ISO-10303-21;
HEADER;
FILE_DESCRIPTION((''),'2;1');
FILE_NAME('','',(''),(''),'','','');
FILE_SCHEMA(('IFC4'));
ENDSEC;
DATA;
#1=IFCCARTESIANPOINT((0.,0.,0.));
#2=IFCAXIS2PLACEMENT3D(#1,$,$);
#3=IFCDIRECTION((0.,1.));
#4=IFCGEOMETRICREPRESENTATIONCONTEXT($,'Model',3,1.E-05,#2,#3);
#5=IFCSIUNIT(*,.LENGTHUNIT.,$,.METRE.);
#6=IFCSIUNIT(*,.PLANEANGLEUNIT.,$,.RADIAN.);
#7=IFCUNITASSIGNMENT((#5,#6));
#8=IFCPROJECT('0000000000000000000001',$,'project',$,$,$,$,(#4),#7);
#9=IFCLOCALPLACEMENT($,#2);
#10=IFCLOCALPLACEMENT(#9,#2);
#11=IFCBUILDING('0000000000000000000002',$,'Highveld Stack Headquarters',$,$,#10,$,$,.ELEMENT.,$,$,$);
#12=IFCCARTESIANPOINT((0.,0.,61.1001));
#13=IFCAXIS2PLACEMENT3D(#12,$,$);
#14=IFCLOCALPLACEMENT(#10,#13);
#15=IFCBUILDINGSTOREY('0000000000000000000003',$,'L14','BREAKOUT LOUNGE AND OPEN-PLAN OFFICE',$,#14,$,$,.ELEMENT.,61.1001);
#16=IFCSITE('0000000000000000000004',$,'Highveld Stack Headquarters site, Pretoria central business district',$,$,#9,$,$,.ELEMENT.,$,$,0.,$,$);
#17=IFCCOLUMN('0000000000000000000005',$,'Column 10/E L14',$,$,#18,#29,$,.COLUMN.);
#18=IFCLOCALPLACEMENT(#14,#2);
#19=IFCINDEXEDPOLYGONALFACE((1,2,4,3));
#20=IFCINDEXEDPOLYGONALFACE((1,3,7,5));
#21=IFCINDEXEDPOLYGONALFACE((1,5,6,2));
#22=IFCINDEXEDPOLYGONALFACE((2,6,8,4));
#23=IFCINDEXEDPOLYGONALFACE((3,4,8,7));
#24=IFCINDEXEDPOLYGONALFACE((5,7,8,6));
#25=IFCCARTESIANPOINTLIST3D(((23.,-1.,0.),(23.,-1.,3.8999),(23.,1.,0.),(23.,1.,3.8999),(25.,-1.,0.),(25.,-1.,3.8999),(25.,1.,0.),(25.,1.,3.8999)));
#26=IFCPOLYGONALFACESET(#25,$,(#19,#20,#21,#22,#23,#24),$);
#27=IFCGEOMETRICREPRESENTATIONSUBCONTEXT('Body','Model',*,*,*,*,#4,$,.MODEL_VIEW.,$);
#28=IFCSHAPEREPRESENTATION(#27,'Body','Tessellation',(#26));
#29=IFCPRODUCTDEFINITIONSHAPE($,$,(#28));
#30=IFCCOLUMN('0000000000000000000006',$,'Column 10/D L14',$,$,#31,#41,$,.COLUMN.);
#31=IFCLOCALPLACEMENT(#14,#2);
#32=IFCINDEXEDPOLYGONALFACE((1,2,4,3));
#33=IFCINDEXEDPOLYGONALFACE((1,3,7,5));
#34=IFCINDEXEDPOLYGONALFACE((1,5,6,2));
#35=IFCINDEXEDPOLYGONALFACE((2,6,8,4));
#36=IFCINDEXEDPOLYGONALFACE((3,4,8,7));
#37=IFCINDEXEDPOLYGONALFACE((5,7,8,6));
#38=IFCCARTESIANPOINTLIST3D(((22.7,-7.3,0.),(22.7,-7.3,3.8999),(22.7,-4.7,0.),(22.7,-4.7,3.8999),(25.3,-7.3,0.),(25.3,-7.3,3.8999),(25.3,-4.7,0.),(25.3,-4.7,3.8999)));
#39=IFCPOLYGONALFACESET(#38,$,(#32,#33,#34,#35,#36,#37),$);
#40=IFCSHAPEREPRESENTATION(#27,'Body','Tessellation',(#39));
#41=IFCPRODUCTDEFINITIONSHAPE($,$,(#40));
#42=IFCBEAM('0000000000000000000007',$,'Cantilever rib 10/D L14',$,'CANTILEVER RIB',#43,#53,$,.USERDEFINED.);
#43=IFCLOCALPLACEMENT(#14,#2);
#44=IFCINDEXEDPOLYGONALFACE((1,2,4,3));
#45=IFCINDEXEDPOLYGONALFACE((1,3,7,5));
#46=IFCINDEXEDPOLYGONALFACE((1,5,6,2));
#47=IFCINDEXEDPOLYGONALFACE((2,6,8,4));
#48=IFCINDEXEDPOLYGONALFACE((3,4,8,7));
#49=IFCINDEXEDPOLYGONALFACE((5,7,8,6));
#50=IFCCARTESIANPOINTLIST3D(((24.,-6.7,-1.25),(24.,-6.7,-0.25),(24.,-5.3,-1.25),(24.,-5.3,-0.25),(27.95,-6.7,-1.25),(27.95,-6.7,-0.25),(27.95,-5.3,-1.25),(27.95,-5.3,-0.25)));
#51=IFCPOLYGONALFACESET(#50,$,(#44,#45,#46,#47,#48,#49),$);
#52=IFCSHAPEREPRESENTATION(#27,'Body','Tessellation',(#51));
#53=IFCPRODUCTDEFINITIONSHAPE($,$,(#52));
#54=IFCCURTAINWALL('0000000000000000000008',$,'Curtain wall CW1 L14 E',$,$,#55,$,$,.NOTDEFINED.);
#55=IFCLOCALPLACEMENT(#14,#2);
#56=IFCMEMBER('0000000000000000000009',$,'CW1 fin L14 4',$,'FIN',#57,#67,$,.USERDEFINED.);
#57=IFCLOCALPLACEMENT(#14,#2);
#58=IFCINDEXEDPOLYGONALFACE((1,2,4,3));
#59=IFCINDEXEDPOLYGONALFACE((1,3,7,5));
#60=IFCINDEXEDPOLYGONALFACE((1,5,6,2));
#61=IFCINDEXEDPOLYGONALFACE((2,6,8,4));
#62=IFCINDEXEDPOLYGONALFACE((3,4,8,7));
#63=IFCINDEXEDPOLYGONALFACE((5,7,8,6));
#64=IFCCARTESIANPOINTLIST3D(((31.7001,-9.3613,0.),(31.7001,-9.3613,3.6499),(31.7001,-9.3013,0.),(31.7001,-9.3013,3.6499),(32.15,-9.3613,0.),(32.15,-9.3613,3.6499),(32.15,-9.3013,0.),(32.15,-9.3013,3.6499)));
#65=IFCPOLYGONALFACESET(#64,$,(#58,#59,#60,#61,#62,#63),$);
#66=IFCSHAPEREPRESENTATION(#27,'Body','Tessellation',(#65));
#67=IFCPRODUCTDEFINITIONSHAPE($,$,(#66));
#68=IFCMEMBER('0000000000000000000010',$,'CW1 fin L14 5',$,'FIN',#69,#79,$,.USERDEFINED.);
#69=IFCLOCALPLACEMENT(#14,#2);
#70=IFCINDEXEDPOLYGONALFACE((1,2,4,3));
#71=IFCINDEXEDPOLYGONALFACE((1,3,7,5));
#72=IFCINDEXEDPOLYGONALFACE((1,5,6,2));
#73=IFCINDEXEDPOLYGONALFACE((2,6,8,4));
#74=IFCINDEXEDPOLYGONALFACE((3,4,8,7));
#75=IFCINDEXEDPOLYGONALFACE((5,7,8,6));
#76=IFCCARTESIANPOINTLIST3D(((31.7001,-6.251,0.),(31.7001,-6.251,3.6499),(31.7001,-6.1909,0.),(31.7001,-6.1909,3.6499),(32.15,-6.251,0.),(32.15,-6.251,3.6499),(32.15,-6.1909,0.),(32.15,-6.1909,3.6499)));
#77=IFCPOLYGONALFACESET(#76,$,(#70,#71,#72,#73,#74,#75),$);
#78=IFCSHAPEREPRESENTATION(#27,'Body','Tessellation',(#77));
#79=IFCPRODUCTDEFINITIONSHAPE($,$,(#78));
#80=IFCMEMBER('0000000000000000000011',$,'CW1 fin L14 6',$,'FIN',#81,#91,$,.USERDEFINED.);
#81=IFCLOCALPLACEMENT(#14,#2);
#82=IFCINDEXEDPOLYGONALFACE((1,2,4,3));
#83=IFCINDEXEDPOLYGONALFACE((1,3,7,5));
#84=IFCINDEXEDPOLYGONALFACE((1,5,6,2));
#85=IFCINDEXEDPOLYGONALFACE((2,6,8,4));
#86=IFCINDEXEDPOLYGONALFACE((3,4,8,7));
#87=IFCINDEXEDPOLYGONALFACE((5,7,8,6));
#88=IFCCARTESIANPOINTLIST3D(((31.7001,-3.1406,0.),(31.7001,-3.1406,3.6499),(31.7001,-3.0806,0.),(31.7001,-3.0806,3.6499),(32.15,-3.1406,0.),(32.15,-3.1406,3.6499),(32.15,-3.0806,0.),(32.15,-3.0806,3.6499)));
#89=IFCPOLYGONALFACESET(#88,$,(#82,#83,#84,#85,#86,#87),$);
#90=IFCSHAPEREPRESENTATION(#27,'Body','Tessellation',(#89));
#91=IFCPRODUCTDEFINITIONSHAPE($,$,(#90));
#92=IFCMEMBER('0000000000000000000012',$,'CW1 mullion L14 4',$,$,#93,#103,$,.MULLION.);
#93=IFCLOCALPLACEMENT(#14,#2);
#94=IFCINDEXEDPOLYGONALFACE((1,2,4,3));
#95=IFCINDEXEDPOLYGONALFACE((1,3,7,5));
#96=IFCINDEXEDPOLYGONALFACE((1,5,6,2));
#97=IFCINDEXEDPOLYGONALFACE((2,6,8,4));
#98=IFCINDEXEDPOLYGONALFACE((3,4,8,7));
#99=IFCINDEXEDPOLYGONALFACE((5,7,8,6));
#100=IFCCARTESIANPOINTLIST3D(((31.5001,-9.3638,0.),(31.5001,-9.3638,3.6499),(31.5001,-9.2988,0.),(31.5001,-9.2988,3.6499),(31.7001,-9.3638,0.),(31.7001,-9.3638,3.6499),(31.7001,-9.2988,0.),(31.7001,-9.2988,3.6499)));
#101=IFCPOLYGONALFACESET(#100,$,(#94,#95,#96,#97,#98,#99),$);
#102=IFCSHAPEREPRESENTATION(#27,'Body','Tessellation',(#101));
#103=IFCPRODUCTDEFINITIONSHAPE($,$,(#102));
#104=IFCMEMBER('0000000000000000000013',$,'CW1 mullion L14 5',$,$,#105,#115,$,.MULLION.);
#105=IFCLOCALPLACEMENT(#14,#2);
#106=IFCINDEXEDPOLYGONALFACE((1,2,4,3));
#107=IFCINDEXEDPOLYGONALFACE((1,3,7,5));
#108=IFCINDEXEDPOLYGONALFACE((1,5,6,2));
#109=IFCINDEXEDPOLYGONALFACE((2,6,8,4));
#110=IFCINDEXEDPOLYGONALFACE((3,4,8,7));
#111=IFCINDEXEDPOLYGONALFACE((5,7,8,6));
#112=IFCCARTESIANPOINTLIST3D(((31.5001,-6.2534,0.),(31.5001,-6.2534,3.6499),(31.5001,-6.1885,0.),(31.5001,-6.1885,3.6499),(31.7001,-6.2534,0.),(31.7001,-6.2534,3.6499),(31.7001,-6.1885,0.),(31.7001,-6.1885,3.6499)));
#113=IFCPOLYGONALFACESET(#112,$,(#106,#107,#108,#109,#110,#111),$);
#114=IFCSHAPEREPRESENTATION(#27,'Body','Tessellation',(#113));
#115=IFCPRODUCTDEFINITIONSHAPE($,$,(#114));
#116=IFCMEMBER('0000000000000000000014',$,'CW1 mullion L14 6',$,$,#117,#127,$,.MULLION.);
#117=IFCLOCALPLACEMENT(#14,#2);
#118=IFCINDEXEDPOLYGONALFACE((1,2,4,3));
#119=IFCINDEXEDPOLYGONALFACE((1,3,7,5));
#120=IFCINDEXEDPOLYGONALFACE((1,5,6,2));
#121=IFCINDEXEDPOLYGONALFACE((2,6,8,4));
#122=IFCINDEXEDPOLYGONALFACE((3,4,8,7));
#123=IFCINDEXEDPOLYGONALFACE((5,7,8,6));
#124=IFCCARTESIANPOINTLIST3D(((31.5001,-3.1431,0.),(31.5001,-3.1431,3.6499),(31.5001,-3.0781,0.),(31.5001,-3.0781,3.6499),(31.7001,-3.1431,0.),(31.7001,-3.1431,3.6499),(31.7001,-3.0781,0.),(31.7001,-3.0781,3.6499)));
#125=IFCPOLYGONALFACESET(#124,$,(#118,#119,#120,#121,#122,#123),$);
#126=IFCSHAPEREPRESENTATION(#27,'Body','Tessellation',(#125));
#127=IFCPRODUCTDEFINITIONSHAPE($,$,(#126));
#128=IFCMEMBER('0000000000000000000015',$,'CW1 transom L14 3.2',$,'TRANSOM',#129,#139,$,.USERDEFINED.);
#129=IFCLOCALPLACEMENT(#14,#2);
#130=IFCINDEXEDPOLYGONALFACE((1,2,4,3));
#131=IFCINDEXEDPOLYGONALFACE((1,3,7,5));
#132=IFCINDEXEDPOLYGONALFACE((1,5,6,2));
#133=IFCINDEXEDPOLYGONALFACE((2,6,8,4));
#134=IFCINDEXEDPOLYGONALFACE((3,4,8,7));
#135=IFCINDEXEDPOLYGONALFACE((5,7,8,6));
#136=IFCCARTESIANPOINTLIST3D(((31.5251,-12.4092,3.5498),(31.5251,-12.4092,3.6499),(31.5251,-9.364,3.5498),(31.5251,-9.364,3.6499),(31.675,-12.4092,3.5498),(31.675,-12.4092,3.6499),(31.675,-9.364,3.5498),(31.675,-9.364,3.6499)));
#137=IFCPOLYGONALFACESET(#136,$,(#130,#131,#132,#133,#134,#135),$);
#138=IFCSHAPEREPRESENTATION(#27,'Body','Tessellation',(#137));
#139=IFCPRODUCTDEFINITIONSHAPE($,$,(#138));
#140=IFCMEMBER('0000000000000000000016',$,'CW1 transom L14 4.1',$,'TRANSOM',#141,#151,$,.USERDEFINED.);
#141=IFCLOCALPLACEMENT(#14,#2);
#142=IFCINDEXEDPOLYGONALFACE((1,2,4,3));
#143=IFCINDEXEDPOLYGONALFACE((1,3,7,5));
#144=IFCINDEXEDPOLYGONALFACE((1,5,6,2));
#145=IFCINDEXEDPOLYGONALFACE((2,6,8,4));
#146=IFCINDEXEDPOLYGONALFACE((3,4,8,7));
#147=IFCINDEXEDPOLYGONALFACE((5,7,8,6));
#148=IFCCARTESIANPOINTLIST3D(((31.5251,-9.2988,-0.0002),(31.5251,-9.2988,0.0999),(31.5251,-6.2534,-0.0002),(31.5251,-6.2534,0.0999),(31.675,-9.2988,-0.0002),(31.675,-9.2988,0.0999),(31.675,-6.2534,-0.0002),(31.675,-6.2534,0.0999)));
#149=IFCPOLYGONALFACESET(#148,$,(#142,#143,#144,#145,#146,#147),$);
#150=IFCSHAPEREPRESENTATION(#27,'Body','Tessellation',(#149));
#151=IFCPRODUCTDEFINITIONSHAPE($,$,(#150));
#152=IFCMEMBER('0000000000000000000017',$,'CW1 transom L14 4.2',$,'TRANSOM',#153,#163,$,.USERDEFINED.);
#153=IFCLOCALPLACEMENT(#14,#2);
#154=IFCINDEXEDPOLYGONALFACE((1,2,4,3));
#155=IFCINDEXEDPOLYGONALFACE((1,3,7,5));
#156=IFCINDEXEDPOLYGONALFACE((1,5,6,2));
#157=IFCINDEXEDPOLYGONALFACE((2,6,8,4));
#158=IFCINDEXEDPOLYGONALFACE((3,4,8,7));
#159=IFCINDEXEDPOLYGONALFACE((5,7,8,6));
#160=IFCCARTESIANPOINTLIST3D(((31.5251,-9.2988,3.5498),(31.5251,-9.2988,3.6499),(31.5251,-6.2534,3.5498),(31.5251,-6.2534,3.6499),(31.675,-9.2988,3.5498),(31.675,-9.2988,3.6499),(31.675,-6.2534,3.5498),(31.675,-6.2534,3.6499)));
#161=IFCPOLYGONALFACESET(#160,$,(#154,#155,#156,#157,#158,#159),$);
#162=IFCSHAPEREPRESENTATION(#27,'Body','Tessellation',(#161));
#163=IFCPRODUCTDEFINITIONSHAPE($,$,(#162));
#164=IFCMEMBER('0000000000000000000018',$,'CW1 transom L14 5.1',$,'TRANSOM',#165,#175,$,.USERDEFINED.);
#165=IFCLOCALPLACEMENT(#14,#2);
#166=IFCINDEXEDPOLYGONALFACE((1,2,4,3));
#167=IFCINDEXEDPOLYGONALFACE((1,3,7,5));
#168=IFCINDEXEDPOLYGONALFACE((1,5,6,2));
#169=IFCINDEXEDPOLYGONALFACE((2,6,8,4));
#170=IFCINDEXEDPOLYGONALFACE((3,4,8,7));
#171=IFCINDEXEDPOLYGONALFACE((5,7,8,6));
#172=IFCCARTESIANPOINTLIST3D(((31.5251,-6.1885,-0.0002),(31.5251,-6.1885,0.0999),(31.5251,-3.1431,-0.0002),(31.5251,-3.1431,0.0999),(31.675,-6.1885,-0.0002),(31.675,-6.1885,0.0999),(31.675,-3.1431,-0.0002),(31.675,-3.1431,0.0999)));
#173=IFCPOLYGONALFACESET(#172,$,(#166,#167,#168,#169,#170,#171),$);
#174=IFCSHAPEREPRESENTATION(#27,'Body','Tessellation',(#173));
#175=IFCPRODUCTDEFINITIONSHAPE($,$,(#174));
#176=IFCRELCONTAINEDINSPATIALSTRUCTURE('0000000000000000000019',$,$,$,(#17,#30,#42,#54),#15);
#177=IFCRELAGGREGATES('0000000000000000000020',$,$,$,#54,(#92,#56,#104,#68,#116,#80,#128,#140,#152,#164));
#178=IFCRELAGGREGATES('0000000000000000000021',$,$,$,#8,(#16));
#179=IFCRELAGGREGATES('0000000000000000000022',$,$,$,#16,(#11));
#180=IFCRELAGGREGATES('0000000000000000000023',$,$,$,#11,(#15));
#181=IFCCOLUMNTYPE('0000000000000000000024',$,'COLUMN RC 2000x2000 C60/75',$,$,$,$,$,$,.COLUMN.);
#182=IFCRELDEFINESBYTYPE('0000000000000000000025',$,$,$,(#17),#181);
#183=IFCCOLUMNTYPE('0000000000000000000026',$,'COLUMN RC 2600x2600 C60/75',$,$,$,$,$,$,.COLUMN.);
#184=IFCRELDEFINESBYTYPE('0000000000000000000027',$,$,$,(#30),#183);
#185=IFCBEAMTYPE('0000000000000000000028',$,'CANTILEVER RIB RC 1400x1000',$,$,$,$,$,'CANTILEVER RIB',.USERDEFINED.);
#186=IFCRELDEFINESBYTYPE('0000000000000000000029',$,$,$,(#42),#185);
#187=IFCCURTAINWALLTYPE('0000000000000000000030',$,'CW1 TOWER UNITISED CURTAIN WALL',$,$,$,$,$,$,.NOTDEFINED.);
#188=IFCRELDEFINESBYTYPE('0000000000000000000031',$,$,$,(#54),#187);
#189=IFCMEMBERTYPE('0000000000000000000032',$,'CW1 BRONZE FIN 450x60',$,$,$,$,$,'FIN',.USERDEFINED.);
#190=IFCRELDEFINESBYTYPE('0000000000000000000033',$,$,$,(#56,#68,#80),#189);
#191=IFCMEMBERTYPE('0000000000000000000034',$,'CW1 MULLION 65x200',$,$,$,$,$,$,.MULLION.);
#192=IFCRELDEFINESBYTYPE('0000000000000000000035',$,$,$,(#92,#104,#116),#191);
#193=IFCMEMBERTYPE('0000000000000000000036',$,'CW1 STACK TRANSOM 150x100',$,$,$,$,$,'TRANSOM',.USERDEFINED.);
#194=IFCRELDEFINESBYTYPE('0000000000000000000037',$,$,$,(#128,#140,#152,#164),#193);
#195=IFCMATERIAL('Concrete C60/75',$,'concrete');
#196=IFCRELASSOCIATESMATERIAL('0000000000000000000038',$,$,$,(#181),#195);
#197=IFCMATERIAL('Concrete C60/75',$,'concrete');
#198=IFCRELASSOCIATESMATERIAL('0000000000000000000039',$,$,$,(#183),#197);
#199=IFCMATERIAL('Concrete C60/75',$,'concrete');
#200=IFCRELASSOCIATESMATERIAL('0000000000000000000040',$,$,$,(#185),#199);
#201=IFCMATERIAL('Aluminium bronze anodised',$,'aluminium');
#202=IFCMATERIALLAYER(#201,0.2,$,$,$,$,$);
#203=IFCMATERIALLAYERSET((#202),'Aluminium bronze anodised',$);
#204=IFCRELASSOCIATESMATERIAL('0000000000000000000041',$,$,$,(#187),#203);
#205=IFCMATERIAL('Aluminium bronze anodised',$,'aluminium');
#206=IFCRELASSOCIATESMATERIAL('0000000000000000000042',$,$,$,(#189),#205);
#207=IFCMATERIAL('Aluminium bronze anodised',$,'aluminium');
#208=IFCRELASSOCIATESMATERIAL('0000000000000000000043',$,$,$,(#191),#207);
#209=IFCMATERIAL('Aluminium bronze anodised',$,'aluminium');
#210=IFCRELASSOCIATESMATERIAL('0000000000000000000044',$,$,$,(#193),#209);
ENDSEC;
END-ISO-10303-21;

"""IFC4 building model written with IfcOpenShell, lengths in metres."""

from ifc_helpers import new_model, si_unit, direction, frame, origin, origin_2d, place, context, subcontext, project, spatial, rectangle, extrude, material, layer, layer_set, material_profile, profile_set, type_object, element, aggregate, save


model = new_model("IFC4")

# Units and contexts
model_context = context("Model", 3, precision=1e-05, world=origin(), true_north=direction((0.0, 1.0)))
body_context = subcontext(model_context, "Body", "Model", "MODEL_VIEW")
ifc_project = project(units=[si_unit("LENGTHUNIT", "METRE"), si_unit("PLANEANGLEUNIT", "RADIAN")], contexts=[model_context])

# Site, building, storey
site_placement = place(None, origin())
site = spatial("IfcSite", under=ifc_project, at=site_placement, Name="Highveld Stack Headquarters site, Pretoria central business district", CompositionType="ELEMENT", RefElevation=0.0)
building_placement = place(site_placement, origin())
building = spatial("IfcBuilding", under=site, at=building_placement, Name="Highveld Stack Headquarters", CompositionType="ELEMENT")
storey_placement = place(building_placement, frame((0.0, 0.0, 61.1001)))
storey = spatial("IfcBuildingStorey", under=building, at=storey_placement, Name="L14", Description="BREAKOUT LOUNGE AND OPEN-PLAN OFFICE", CompositionType="ELEMENT", Elevation=61.1001)

# Columns
ifc_material_1 = material(Name="Concrete C60/75", Category="concrete")
ifc_material_profile_1 = material_profile(ifc_material_1, rectangle(XDim=2.0, YDim=2.0, at=origin_2d()), Name="RC 2000x2000")
ifc_profile_set_1 = profile_set([ifc_material_profile_1], Name="Concrete C60/75")
column_type_1 = type_object("IfcColumnType", Name="COLUMN RC 2000x2000 C60/75", PredefinedType="COLUMN", material=ifc_profile_set_1)
column_1_placement = place(storey_placement, frame((24.0, 0.0, 0.0), z_axis=(0.0, 0.0, 1.0), x_axis=(1.0, 0.0, 0.0)))
element("IfcColumn", 1, at=column_1_placement, inside=storey, type_object=column_type_1, Name="Column 10/E L14", PredefinedType="COLUMN", context=body_context, shape_type="SweptSolid", body=[
    extrude(rectangle(XDim=2.0, YDim=2.0, at=origin_2d()), origin(), (0.0, 0.0, 1.0), 3.8999),
])
ifc_material_2 = material(Name="Concrete C60/75", Category="concrete")
ifc_material_profile_2 = material_profile(ifc_material_2, rectangle(XDim=2.6001, YDim=2.6001, at=origin_2d()), Name="RC 2600x2600")
ifc_profile_set_2 = profile_set([ifc_material_profile_2], Name="Concrete C60/75")
column_type_2 = type_object("IfcColumnType", Name="COLUMN RC 2600x2600 C60/75", PredefinedType="COLUMN", material=ifc_profile_set_2)
column_2_placement = place(storey_placement, frame((24.0, -6.0, 0.0), z_axis=(0.0, 0.0, 1.0), x_axis=(1.0, 0.0, 0.0)))
element("IfcColumn", 2, at=column_2_placement, inside=storey, type_object=column_type_2, Name="Column 10/D L14", PredefinedType="COLUMN", context=body_context, shape_type="SweptSolid", body=[
    extrude(rectangle(XDim=2.6001, YDim=2.6001, at=origin_2d()), origin(), (0.0, 0.0, 1.0), 3.8999),
])

# Beam
ifc_material_3 = material(Name="Concrete C60/75", Category="concrete")
ifc_material_profile_3 = material_profile(ifc_material_3, rectangle(XDim=1.3999, YDim=1.0, at=origin_2d()), Name="RC 1400x1000")
ifc_profile_set_3 = profile_set([ifc_material_profile_3], Name="Concrete C60/75")
beam_type_1 = type_object("IfcBeamType", Name="CANTILEVER RIB RC 1400x1000", ElementType="CANTILEVER RIB", PredefinedType="USERDEFINED", material=ifc_profile_set_3)
beam_placement = place(storey_placement, frame((24.0, -6.0, -0.75), z_axis=(1.0, 0.0, 0.0), x_axis=(0.0, 1.0, 0.0)))
element("IfcBeam", 3, at=beam_placement, inside=storey, type_object=beam_type_1, Name="Cantilever rib 10/D L14", ObjectType="CANTILEVER RIB", PredefinedType="USERDEFINED", context=body_context, shape_type="SweptSolid", body=[
    extrude(rectangle(XDim=1.3999, YDim=1.0, at=origin_2d()), origin(), (0.0, 0.0, 1.0), 3.95),
])

# Curtain wall, members
ifc_material_4 = material(Name="Aluminium bronze anodised", Category="aluminium")
ifc_layer_1 = layer(ifc_material_4, 0.2)
ifc_layer_set_1 = layer_set([ifc_layer_1], Name="Aluminium bronze anodised")
curtain_wall_type = type_object("IfcCurtainWallType", Name="CW1 TOWER UNITISED CURTAIN WALL", PredefinedType="NOTDEFINED", material=ifc_layer_set_1)
curtain_wall_placement = place(storey_placement, origin())
curtain_wall = element("IfcCurtainWall", 4, at=curtain_wall_placement, inside=storey, type_object=curtain_wall_type, Name="Curtain wall CW1 L14 E", PredefinedType="NOTDEFINED")
ifc_material_5 = material(Name="Aluminium bronze anodised", Category="aluminium")
ifc_material_profile_4 = material_profile(ifc_material_5, rectangle(XDim=0.45, YDim=0.0601, at=origin_2d()), Name="FIN 450x60")
ifc_profile_set_4 = profile_set([ifc_material_profile_4], Name="Aluminium bronze anodised")
member_type_1 = type_object("IfcMemberType", Name="CW1 BRONZE FIN 450x60", ElementType="FIN", PredefinedType="USERDEFINED", material=ifc_profile_set_4)
member_1_placement = place(storey_placement, frame((31.925, -9.3313, 0.0), z_axis=(0.0, 0.0, 1.0), x_axis=(-1.0, 0.0, 0.0)))
member_1 = element("IfcMember", 5, at=member_1_placement, type_object=member_type_1, Name="CW1 fin L14 4", ObjectType="FIN", PredefinedType="USERDEFINED", context=body_context, shape_type="SweptSolid", body=[
    extrude(rectangle(XDim=0.45, YDim=0.0601, at=origin_2d()), origin(), (0.0, 0.0, 1.0), 3.6499),
])
member_2_placement = place(storey_placement, frame((31.925, -6.2209, 0.0), z_axis=(0.0, 0.0, 1.0), x_axis=(-1.0, 0.0, 0.0)))
member_2 = element("IfcMember", 6, at=member_2_placement, type_object=member_type_1, Name="CW1 fin L14 5", ObjectType="FIN", PredefinedType="USERDEFINED", context=body_context, shape_type="SweptSolid", body=[
    extrude(rectangle(XDim=0.45, YDim=0.0601, at=origin_2d()), origin(), (0.0, 0.0, 1.0), 3.6499),
])
member_3_placement = place(storey_placement, frame((31.925, -3.1106, 0.0), z_axis=(0.0, 0.0, 1.0), x_axis=(-1.0, 0.0, 0.0)))
member_3 = element("IfcMember", 7, at=member_3_placement, type_object=member_type_1, Name="CW1 fin L14 6", ObjectType="FIN", PredefinedType="USERDEFINED", context=body_context, shape_type="SweptSolid", body=[
    extrude(rectangle(XDim=0.45, YDim=0.0601, at=origin_2d()), origin(), (0.0, 0.0, 1.0), 3.6499),
])
ifc_material_6 = material(Name="Aluminium bronze anodised", Category="aluminium")
ifc_material_profile_5 = material_profile(ifc_material_6, rectangle(XDim=0.2, YDim=0.0649, at=origin_2d()), Name="CW1 MULLION 65x200")
ifc_profile_set_5 = profile_set([ifc_material_profile_5], Name="Aluminium bronze anodised")
member_type_2 = type_object("IfcMemberType", Name="CW1 MULLION 65x200", PredefinedType="MULLION", material=ifc_profile_set_5)
member_4_placement = place(storey_placement, frame((31.6001, -9.3313, 0.0), z_axis=(0.0, 0.0, 1.0), x_axis=(-1.0, 0.0, 0.0)))
member_4 = element("IfcMember", 8, at=member_4_placement, type_object=member_type_2, Name="CW1 mullion L14 4", PredefinedType="MULLION", context=body_context, shape_type="SweptSolid", body=[
    extrude(rectangle(XDim=0.2, YDim=0.0649, at=origin_2d()), origin(), (0.0, 0.0, 1.0), 3.6499),
])
member_5_placement = place(storey_placement, frame((31.6001, -6.2209, 0.0), z_axis=(0.0, 0.0, 1.0), x_axis=(-1.0, 0.0, 0.0)))
member_5 = element("IfcMember", 9, at=member_5_placement, type_object=member_type_2, Name="CW1 mullion L14 5", PredefinedType="MULLION", context=body_context, shape_type="SweptSolid", body=[
    extrude(rectangle(XDim=0.2, YDim=0.0649, at=origin_2d()), origin(), (0.0, 0.0, 1.0), 3.6499),
])
member_6_placement = place(storey_placement, frame((31.6001, -3.1106, 0.0), z_axis=(0.0, 0.0, 1.0), x_axis=(-1.0, 0.0, 0.0)))
member_6 = element("IfcMember", 10, at=member_6_placement, type_object=member_type_2, Name="CW1 mullion L14 6", PredefinedType="MULLION", context=body_context, shape_type="SweptSolid", body=[
    extrude(rectangle(XDim=0.2, YDim=0.0649, at=origin_2d()), origin(), (0.0, 0.0, 1.0), 3.6499),
])
ifc_material_7 = material(Name="Aluminium bronze anodised", Category="aluminium")
ifc_material_profile_6 = material_profile(ifc_material_7, rectangle(XDim=0.1499, YDim=0.1001, at=origin_2d()), Name="CW1 TRANSOM 150x100")
ifc_profile_set_6 = profile_set([ifc_material_profile_6], Name="Aluminium bronze anodised")
member_type_3 = type_object("IfcMemberType", Name="CW1 STACK TRANSOM 150x100", ElementType="TRANSOM", PredefinedType="USERDEFINED", material=ifc_profile_set_6)
member_7_placement = place(storey_placement, frame((31.6001, -12.4092, 3.5999), z_axis=(0.0, 1.0, 0.0), x_axis=(-1.0, 0.0, 0.0)))
member_7 = element("IfcMember", 11, at=member_7_placement, type_object=member_type_3, Name="CW1 transom L14 3.2", ObjectType="TRANSOM", PredefinedType="USERDEFINED", context=body_context, shape_type="SweptSolid", body=[
    extrude(rectangle(XDim=0.1499, YDim=0.1001, at=origin_2d()), origin(), (0.0, 0.0, 1.0), 3.0452),
])
member_8_placement = place(storey_placement, frame((31.6001, -9.2988, 0.0498), z_axis=(0.0, 1.0, 0.0), x_axis=(-1.0, 0.0, 0.0)))
member_8 = element("IfcMember", 12, at=member_8_placement, type_object=member_type_3, Name="CW1 transom L14 4.1", ObjectType="TRANSOM", PredefinedType="USERDEFINED", context=body_context, shape_type="SweptSolid", body=[
    extrude(rectangle(XDim=0.1499, YDim=0.1001, at=origin_2d()), origin(), (0.0, 0.0, 1.0), 3.0454),
])
member_9_placement = place(storey_placement, frame((31.6001, -9.2988, 3.5999), z_axis=(0.0, 1.0, 0.0), x_axis=(-1.0, 0.0, 0.0)))
member_9 = element("IfcMember", 13, at=member_9_placement, type_object=member_type_3, Name="CW1 transom L14 4.2", ObjectType="TRANSOM", PredefinedType="USERDEFINED", context=body_context, shape_type="SweptSolid", body=[
    extrude(rectangle(XDim=0.1499, YDim=0.1001, at=origin_2d()), origin(), (0.0, 0.0, 1.0), 3.0454),
])
member_10_placement = place(storey_placement, frame((31.6001, -6.1885, 0.0498), z_axis=(0.0, 1.0, 0.0), x_axis=(-1.0, 0.0, 0.0)))
member_10 = element("IfcMember", 14, at=member_10_placement, type_object=member_type_3, Name="CW1 transom L14 5.1", ObjectType="TRANSOM", PredefinedType="USERDEFINED", context=body_context, shape_type="SweptSolid", body=[
    extrude(rectangle(XDim=0.1499, YDim=0.1001, at=origin_2d()), origin(), (0.0, 0.0, 1.0), 3.0454),
])

aggregate(curtain_wall, [member_4, member_1, member_5, member_2, member_6, member_3, member_7, member_8, member_9, member_10])

save(model, "model.ifc")
